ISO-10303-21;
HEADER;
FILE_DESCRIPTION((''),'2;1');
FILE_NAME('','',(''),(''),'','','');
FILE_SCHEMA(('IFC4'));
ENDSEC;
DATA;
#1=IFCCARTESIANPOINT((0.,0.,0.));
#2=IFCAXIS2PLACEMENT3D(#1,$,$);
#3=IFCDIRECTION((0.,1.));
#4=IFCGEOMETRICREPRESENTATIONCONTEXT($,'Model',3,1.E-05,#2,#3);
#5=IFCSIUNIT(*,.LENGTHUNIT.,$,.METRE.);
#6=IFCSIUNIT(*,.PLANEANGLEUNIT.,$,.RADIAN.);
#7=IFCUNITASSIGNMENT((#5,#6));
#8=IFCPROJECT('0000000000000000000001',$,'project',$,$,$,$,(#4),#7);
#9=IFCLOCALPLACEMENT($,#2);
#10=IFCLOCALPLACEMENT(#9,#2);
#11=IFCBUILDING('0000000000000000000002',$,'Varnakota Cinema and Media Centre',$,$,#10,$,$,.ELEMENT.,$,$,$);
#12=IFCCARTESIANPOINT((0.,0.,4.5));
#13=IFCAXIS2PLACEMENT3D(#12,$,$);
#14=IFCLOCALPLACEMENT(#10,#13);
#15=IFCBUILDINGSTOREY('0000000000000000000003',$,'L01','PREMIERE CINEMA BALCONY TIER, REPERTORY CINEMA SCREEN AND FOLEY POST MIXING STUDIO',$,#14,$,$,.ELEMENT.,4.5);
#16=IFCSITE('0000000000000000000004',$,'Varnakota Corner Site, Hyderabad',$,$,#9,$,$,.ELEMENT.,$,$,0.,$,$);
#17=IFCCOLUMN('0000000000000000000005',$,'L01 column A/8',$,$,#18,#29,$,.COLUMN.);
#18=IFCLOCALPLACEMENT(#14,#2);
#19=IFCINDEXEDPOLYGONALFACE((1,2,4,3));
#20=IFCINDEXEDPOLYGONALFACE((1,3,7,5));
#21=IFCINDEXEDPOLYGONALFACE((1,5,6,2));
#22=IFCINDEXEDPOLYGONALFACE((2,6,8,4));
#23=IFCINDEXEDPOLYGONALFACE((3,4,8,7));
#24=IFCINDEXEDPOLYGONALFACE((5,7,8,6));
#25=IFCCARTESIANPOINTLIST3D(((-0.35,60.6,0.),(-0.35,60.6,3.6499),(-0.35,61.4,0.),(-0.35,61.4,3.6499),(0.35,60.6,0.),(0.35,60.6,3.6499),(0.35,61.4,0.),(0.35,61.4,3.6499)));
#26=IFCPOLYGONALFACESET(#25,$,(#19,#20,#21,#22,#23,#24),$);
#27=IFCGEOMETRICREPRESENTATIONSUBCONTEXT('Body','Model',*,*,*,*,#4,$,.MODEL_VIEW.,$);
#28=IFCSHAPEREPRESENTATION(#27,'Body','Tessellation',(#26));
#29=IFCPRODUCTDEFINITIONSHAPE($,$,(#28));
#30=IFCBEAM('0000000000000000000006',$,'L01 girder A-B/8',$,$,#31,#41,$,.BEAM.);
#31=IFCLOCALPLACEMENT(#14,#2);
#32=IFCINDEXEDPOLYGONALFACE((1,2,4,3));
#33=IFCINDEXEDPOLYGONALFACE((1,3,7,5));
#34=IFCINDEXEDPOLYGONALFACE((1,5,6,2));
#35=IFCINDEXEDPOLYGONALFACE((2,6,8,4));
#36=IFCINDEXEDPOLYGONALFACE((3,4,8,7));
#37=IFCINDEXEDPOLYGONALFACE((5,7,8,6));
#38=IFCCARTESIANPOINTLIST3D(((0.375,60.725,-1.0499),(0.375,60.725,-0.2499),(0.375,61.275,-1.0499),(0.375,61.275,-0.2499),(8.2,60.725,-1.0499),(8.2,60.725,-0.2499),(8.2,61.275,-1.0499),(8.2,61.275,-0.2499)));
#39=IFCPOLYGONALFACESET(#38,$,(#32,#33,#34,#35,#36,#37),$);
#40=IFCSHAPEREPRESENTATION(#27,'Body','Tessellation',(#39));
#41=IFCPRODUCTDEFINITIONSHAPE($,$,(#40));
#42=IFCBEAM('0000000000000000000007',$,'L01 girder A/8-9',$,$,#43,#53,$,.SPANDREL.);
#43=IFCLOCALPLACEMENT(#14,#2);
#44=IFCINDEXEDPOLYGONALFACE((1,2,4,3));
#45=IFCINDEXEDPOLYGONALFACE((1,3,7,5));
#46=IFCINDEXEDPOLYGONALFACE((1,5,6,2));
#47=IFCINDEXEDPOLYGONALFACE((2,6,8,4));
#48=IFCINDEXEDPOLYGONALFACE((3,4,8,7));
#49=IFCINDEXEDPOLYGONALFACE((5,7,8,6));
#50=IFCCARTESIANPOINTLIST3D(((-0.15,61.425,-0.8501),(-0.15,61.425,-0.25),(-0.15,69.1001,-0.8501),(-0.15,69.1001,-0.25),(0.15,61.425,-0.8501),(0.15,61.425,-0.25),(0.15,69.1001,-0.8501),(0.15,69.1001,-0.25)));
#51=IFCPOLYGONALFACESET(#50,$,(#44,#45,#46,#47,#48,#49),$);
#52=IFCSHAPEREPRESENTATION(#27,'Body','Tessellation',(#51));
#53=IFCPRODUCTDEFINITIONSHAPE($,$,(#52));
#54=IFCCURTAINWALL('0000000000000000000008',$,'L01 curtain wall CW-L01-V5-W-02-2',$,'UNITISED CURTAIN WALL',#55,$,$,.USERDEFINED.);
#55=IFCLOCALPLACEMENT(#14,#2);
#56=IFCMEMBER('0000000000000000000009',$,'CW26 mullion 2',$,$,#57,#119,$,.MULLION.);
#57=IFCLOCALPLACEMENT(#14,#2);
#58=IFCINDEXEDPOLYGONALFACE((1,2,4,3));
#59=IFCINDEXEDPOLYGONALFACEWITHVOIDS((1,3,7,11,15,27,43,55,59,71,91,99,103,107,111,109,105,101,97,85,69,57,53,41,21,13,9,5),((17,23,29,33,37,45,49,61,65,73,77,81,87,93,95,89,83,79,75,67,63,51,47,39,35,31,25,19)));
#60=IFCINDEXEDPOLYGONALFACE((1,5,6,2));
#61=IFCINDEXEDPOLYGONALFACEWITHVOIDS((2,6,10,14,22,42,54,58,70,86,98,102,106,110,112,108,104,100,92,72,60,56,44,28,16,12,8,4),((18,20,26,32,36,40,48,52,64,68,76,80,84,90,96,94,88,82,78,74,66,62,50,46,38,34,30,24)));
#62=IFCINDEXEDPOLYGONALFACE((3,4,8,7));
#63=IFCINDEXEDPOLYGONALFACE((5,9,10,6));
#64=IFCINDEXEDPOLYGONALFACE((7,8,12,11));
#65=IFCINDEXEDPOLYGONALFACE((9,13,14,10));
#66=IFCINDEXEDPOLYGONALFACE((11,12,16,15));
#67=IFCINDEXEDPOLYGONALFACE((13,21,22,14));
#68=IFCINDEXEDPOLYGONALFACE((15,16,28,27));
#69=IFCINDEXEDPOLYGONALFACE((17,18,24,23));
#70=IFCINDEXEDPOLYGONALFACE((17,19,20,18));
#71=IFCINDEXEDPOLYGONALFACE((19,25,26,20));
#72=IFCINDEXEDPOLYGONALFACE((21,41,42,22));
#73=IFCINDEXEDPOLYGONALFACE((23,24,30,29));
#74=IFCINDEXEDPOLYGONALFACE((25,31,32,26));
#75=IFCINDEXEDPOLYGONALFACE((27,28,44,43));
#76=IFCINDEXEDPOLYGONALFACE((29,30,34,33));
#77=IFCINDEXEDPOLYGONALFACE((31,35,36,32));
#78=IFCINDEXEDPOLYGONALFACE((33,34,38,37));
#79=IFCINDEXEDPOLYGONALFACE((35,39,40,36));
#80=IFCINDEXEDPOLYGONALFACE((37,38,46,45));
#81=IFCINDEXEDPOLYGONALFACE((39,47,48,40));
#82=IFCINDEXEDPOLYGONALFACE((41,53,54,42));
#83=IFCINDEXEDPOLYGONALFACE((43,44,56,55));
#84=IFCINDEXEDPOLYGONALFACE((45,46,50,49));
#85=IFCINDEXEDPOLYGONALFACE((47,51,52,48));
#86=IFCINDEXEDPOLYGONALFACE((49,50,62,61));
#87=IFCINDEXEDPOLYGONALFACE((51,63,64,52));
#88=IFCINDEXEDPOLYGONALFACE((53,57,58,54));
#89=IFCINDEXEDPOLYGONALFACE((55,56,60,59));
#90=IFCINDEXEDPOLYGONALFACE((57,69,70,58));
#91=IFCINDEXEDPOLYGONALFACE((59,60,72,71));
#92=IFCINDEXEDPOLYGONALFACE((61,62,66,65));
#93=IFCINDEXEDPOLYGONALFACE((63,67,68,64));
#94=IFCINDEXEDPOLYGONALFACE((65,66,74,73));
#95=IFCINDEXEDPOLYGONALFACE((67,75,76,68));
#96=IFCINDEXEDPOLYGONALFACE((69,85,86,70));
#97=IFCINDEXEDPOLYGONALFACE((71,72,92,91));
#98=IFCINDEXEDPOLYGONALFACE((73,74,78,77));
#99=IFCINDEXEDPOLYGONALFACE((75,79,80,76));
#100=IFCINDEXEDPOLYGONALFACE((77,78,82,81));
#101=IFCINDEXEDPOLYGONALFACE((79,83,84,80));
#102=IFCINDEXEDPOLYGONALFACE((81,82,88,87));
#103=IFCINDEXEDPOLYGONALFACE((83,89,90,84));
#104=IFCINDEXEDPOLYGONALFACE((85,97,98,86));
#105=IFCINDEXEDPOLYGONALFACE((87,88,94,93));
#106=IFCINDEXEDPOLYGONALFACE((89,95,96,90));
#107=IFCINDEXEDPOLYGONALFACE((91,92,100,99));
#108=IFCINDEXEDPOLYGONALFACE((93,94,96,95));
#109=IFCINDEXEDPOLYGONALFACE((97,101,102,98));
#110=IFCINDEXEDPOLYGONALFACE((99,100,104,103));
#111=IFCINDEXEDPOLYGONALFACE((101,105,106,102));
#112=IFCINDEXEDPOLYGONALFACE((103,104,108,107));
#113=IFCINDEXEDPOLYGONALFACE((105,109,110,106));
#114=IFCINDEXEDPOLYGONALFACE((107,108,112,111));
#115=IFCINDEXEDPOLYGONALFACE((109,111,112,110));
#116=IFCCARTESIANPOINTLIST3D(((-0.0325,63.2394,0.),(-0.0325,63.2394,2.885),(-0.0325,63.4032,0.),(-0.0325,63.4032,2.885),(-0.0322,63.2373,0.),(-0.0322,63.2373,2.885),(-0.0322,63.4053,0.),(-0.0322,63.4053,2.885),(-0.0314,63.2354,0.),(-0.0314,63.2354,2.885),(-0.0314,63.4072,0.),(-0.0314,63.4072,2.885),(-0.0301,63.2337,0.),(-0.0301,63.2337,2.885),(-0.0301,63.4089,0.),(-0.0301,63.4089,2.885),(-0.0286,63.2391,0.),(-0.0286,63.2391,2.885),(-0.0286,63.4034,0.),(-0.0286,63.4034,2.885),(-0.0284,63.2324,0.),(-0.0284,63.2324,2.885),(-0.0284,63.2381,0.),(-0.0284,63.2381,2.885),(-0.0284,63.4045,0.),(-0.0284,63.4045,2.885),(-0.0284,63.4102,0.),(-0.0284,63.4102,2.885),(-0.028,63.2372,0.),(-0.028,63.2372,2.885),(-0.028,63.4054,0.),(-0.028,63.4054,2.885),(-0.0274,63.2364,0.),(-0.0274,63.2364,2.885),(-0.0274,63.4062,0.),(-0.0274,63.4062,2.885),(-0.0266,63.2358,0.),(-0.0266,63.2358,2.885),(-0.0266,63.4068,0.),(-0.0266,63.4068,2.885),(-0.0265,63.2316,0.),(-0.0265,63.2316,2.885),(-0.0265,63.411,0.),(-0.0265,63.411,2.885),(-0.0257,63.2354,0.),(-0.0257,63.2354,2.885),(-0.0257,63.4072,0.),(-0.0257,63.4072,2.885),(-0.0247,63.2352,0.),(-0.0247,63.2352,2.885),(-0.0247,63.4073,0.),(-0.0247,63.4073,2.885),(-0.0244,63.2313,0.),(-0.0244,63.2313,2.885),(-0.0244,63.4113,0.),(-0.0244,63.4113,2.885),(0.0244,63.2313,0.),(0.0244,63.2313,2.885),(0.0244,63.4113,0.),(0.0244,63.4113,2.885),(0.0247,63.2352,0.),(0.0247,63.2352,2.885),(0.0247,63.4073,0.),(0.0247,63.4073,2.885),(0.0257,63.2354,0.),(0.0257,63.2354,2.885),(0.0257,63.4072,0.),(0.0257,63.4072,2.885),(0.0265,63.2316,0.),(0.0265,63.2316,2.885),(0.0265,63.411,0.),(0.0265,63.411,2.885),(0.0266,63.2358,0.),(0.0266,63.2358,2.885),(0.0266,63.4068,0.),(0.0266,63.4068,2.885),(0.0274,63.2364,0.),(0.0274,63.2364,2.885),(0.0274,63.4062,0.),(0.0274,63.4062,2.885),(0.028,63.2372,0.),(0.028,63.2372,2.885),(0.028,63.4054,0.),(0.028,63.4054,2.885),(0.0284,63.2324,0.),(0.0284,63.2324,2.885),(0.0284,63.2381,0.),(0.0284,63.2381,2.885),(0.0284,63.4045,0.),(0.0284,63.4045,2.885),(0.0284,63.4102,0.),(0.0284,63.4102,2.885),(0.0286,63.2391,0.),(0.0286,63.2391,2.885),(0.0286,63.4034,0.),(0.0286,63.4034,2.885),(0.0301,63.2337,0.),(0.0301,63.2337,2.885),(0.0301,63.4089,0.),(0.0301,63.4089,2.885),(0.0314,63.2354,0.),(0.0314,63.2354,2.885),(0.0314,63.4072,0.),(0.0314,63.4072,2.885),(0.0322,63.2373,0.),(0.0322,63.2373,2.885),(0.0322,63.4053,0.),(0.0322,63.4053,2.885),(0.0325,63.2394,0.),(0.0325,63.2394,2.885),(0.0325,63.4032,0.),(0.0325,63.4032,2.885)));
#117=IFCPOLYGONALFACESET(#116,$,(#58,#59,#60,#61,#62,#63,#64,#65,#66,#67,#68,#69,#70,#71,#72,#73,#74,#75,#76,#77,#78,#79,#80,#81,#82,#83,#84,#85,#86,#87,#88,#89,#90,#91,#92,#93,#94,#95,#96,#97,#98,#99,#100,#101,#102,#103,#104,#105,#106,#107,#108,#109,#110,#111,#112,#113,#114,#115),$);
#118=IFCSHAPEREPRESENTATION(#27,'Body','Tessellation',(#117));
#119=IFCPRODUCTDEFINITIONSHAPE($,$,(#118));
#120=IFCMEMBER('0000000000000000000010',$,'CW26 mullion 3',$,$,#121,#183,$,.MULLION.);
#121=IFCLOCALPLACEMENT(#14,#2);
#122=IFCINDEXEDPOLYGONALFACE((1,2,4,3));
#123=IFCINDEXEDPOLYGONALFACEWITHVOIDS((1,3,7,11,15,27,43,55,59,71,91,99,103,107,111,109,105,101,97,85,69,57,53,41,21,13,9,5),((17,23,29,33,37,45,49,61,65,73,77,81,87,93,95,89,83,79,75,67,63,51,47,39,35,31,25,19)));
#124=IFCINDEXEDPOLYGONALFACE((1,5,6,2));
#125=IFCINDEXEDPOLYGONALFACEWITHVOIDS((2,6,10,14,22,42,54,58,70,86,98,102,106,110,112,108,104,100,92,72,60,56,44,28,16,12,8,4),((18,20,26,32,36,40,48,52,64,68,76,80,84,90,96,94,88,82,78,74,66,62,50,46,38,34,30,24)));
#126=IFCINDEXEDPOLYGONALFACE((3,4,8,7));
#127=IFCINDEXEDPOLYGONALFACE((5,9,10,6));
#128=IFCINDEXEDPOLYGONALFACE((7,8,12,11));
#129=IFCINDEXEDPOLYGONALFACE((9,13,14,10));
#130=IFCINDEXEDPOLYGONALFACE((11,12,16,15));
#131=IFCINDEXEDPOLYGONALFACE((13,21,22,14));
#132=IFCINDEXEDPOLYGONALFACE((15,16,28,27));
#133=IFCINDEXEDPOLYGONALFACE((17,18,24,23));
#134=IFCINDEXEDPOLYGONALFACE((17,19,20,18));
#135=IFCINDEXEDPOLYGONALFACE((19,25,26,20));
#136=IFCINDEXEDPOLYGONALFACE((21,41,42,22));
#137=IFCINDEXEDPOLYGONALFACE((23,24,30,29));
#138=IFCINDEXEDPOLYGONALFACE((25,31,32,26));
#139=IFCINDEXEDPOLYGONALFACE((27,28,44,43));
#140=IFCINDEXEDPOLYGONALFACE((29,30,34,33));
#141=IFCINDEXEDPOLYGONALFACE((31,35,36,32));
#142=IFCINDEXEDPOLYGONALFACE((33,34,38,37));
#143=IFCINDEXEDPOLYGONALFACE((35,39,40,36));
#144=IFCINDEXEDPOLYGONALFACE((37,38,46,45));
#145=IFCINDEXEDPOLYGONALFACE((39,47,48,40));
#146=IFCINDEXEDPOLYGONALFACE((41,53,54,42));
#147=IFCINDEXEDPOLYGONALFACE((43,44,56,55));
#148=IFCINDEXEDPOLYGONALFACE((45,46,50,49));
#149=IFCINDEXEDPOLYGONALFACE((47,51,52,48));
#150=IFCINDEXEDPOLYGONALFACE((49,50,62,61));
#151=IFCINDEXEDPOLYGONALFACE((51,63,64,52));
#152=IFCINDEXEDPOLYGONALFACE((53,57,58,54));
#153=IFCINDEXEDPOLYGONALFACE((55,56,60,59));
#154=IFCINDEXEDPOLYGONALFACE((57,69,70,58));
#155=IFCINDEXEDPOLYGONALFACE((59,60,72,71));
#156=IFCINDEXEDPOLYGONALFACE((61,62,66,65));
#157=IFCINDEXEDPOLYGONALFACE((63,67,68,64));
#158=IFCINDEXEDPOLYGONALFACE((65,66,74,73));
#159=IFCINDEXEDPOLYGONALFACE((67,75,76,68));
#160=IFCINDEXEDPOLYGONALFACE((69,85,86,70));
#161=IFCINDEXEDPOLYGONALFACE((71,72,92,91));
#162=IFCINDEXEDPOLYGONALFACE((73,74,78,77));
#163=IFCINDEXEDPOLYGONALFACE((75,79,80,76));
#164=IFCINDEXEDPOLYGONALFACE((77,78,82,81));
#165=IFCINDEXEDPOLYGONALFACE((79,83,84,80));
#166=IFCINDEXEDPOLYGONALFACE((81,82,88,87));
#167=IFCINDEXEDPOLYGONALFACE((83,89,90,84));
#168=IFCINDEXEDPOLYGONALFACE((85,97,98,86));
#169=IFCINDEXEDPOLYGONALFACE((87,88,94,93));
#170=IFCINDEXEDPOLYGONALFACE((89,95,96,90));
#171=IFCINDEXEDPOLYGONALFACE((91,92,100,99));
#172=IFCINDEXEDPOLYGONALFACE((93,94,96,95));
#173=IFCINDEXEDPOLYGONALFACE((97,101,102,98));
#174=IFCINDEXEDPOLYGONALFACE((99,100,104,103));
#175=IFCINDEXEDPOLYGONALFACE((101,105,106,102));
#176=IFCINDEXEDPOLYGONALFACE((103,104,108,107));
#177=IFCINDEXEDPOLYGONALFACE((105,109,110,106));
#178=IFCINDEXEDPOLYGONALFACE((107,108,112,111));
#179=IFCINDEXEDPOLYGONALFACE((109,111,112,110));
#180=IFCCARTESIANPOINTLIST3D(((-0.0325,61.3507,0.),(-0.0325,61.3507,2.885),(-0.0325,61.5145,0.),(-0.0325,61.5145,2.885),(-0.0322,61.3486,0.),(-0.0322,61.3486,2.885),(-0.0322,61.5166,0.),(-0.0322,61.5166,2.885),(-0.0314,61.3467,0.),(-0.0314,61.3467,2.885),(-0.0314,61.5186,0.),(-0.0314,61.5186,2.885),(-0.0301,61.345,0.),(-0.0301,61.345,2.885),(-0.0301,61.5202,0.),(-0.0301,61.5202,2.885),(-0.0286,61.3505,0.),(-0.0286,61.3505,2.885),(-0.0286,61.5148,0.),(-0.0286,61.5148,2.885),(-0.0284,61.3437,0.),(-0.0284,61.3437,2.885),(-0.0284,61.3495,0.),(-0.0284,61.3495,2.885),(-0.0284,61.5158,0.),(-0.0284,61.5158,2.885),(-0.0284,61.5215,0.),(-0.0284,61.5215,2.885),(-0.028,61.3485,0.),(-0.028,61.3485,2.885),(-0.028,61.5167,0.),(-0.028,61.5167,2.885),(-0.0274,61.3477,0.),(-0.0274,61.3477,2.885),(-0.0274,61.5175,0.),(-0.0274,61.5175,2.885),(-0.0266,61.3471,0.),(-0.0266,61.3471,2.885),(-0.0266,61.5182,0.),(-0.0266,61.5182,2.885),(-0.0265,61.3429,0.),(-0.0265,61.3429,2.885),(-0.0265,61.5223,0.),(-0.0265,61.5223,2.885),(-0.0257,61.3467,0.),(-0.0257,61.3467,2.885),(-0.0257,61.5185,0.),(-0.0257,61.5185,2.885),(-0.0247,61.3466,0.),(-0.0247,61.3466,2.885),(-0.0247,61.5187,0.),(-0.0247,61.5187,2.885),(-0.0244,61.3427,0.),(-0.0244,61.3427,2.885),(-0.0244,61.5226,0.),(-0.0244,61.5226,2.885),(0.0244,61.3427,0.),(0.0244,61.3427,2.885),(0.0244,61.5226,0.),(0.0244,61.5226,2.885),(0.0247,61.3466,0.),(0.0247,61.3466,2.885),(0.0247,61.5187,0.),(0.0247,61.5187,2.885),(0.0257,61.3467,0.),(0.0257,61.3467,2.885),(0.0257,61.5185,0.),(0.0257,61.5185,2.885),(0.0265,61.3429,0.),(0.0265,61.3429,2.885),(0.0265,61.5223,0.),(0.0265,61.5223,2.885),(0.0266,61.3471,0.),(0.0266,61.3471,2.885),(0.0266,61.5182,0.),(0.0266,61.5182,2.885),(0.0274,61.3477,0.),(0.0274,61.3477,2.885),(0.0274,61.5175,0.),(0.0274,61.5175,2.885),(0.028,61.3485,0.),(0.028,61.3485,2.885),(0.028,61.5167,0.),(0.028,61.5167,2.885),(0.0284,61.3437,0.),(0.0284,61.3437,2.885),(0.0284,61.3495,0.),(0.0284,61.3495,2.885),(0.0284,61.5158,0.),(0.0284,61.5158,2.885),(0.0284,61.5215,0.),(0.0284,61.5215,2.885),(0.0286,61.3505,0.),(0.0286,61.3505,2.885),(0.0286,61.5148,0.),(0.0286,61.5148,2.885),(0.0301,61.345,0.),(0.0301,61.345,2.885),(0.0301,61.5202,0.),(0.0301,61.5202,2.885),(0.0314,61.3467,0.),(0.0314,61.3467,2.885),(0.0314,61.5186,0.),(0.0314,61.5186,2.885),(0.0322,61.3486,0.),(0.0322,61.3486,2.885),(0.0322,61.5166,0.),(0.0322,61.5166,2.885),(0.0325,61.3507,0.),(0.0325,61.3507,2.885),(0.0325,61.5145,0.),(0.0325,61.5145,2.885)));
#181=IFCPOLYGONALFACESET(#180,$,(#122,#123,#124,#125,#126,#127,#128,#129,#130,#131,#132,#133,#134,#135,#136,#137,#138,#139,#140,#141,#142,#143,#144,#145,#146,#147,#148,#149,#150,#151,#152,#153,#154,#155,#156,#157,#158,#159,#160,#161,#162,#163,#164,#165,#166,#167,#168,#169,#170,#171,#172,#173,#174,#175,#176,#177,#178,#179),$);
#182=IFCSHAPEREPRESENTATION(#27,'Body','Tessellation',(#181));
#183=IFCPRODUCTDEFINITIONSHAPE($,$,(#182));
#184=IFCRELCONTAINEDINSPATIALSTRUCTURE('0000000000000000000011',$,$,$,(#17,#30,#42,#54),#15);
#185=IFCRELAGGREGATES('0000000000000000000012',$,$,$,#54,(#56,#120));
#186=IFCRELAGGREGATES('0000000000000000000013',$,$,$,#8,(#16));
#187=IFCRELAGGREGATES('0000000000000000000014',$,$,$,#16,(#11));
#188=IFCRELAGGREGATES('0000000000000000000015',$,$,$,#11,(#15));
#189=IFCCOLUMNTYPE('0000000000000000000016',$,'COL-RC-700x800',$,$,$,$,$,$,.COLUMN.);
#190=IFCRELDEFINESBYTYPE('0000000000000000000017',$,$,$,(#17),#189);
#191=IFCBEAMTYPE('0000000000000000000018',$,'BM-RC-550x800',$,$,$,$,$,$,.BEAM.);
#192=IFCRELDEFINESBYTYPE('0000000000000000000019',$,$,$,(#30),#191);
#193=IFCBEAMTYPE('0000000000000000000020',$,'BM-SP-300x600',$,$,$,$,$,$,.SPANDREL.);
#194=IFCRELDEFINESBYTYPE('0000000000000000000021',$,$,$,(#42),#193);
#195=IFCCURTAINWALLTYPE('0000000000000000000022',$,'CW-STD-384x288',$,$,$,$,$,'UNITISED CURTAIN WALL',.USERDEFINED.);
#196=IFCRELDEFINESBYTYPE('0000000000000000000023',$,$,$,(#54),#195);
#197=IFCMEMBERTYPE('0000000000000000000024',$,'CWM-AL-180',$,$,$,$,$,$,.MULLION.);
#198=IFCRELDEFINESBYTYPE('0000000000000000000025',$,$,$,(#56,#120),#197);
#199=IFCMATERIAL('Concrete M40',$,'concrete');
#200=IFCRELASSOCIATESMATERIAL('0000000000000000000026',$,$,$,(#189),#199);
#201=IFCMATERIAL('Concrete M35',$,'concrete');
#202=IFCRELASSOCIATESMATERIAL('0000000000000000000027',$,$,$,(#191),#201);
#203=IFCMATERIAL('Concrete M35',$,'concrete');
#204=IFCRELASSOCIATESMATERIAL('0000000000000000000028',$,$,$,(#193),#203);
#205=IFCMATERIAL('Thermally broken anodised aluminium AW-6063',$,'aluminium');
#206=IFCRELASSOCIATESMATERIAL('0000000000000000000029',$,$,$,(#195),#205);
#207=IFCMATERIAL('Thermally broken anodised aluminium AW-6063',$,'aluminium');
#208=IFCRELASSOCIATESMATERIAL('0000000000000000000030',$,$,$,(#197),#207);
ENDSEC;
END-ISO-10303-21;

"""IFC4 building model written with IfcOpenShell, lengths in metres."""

from ifc_helpers import new_model, si_unit, direction, frame, origin, origin_2d, place, context, subcontext, project, spatial, rectangle, hollow_rectangle, extrude, material, material_profile, profile_set, type_object, element, aggregate, save


model = new_model("IFC4")

# Units and contexts
model_context = context("Model", 3, precision=1e-05, world=origin(), true_north=direction((0.0, 1.0)))
body_context = subcontext(model_context, "Body", "Model", "MODEL_VIEW")
ifc_project = project(units=[si_unit("LENGTHUNIT", "METRE"), si_unit("PLANEANGLEUNIT", "RADIAN")], contexts=[model_context])

# Site, building, storey
site_placement = place(None, origin())
site = spatial("IfcSite", under=ifc_project, at=site_placement, Name="Varnakota Corner Site, Hyderabad", CompositionType="ELEMENT", RefElevation=0.0)
building_placement = place(site_placement, origin())
building = spatial("IfcBuilding", under=site, at=building_placement, Name="Varnakota Cinema and Media Centre", CompositionType="ELEMENT")
storey_placement = place(building_placement, frame((0.0, 0.0, 4.5)))
storey = spatial("IfcBuildingStorey", under=building, at=storey_placement, Name="L01", Description="PREMIERE CINEMA BALCONY TIER, REPERTORY CINEMA SCREEN AND FOLEY POST MIXING STUDIO", CompositionType="ELEMENT", Elevation=4.5)

# Column
ifc_material_1 = material(Name="Concrete M40", Category="concrete")
ifc_material_profile_1 = material_profile(ifc_material_1, rectangle(XDim=0.7, YDim=0.8, at=origin_2d()), Name="RC 700x800")
ifc_profile_set_1 = profile_set([ifc_material_profile_1], Name="Concrete M40")
column_type = type_object("IfcColumnType", Name="COL-RC-700x800", PredefinedType="COLUMN", material=ifc_profile_set_1)
column_placement = place(storey_placement, frame((0.0, 61.0, 0.0), z_axis=(0.0, 0.0, 1.0), x_axis=(1.0, 0.0, 0.0)))
element("IfcColumn", 1, at=column_placement, inside=storey, type_object=column_type, Name="L01 column A/8", PredefinedType="COLUMN", context=body_context, shape_type="SweptSolid", body=[
    extrude(rectangle(XDim=0.7, YDim=0.8, at=origin_2d()), origin(), (0.0, 0.0, 1.0), 3.6499),
])

# Beams
ifc_material_2 = material(Name="Concrete M35", Category="concrete")
ifc_material_profile_2 = material_profile(ifc_material_2, rectangle(XDim=0.55, YDim=0.8, at=origin_2d()), Name="RCB 550x800")
ifc_profile_set_2 = profile_set([ifc_material_profile_2], Name="Concrete M35")
beam_type_1 = type_object("IfcBeamType", Name="BM-RC-550x800", PredefinedType="BEAM", material=ifc_profile_set_2)
beam_1_placement = place(storey_placement, frame((0.375, 61.0, -0.6499), z_axis=(1.0, 0.0, 0.0), x_axis=(0.0, 1.0, 0.0)))
element("IfcBeam", 2, at=beam_1_placement, inside=storey, type_object=beam_type_1, Name="L01 girder A-B/8", PredefinedType="BEAM", context=body_context, shape_type="SweptSolid", body=[
    extrude(rectangle(XDim=0.55, YDim=0.8, at=origin_2d()), origin(), (0.0, 0.0, 1.0), 7.825),
])
ifc_material_3 = material(Name="Concrete M35", Category="concrete")
ifc_material_profile_3 = material_profile(ifc_material_3, rectangle(XDim=0.3, YDim=0.6001, at=origin_2d()), Name="RCB 300x600")
ifc_profile_set_3 = profile_set([ifc_material_profile_3], Name="Concrete M35")
beam_type_2 = type_object("IfcBeamType", Name="BM-SP-300x600", PredefinedType="SPANDREL", material=ifc_profile_set_3)
beam_2_placement = place(storey_placement, frame((0.0, 61.425, -0.55), z_axis=(0.0, 1.0, 0.0), x_axis=(-1.0, 0.0, 0.0)))
element("IfcBeam", 3, at=beam_2_placement, inside=storey, type_object=beam_type_2, Name="L01 girder A/8-9", PredefinedType="SPANDREL", context=body_context, shape_type="SweptSolid", body=[
    extrude(rectangle(XDim=0.3, YDim=0.6001, at=origin_2d()), origin(), (0.0, 0.0, 1.0), 7.675),
])

# Curtain wall, members
ifc_material_4 = material(Name="Thermally broken anodised aluminium AW-6063", Category="aluminium")
curtain_wall_type = type_object("IfcCurtainWallType", Name="CW-STD-384x288", ElementType="UNITISED CURTAIN WALL", PredefinedType="USERDEFINED", material=ifc_material_4)
curtain_wall_1_placement = place(storey_placement, origin())
curtain_wall_1 = element("IfcCurtainWall", 4, at=curtain_wall_1_placement, inside=storey, type_object=curtain_wall_type, Name="L01 curtain wall CW-L01-V5-W-02-2", ObjectType="UNITISED CURTAIN WALL", PredefinedType="USERDEFINED")
ifc_material_5 = material(Name="Thermally broken anodised aluminium AW-6063", Category="aluminium")
ifc_material_profile_4 = material_profile(ifc_material_5, hollow_rectangle(XDim=0.0649, YDim=0.1799, WallThickness=0.0039, InnerFilletRadius=0.0039, OuterFilletRadius=0.0081, at=origin_2d()), Name="AL-MULLION 180x65x4")
ifc_profile_set_4 = profile_set([ifc_material_profile_4], Name="Thermally broken anodised aluminium AW-6063")
member_type_1 = type_object("IfcMemberType", Name="CWM-AL-180", PredefinedType="MULLION", material=ifc_profile_set_4)
member_1_placement = place(storey_placement, frame((0.0, 63.3213, 0.0), z_axis=(0.0, 0.0, 1.0), x_axis=(1.0, 0.0, 0.0)))
member_1 = element("IfcMember", 5, at=member_1_placement, type_object=member_type_1, Name="CW26 mullion 2", PredefinedType="MULLION", context=body_context, shape_type="SweptSolid", body=[
    extrude(hollow_rectangle(XDim=0.0649, YDim=0.1799, WallThickness=0.0039, InnerFilletRadius=0.0039, OuterFilletRadius=0.0081, at=origin_2d()), origin(), (0.0, 0.0, 1.0), 2.885),
])
member_2_placement = place(storey_placement, frame((0.0, 61.4326, 0.0), z_axis=(0.0, 0.0, 1.0), x_axis=(1.0, 0.0, 0.0)))
member_2 = element("IfcMember", 6, at=member_2_placement, type_object=member_type_1, Name="CW26 mullion 3", PredefinedType="MULLION", context=body_context, shape_type="SweptSolid", body=[
    extrude(hollow_rectangle(XDim=0.0649, YDim=0.1799, WallThickness=0.0039, InnerFilletRadius=0.0039, OuterFilletRadius=0.0081, at=origin_2d()), origin(), (0.0, 0.0, 1.0), 2.885),
])

aggregate(curtain_wall_1, [member_1, member_2])

save(model, "model.ifc")
